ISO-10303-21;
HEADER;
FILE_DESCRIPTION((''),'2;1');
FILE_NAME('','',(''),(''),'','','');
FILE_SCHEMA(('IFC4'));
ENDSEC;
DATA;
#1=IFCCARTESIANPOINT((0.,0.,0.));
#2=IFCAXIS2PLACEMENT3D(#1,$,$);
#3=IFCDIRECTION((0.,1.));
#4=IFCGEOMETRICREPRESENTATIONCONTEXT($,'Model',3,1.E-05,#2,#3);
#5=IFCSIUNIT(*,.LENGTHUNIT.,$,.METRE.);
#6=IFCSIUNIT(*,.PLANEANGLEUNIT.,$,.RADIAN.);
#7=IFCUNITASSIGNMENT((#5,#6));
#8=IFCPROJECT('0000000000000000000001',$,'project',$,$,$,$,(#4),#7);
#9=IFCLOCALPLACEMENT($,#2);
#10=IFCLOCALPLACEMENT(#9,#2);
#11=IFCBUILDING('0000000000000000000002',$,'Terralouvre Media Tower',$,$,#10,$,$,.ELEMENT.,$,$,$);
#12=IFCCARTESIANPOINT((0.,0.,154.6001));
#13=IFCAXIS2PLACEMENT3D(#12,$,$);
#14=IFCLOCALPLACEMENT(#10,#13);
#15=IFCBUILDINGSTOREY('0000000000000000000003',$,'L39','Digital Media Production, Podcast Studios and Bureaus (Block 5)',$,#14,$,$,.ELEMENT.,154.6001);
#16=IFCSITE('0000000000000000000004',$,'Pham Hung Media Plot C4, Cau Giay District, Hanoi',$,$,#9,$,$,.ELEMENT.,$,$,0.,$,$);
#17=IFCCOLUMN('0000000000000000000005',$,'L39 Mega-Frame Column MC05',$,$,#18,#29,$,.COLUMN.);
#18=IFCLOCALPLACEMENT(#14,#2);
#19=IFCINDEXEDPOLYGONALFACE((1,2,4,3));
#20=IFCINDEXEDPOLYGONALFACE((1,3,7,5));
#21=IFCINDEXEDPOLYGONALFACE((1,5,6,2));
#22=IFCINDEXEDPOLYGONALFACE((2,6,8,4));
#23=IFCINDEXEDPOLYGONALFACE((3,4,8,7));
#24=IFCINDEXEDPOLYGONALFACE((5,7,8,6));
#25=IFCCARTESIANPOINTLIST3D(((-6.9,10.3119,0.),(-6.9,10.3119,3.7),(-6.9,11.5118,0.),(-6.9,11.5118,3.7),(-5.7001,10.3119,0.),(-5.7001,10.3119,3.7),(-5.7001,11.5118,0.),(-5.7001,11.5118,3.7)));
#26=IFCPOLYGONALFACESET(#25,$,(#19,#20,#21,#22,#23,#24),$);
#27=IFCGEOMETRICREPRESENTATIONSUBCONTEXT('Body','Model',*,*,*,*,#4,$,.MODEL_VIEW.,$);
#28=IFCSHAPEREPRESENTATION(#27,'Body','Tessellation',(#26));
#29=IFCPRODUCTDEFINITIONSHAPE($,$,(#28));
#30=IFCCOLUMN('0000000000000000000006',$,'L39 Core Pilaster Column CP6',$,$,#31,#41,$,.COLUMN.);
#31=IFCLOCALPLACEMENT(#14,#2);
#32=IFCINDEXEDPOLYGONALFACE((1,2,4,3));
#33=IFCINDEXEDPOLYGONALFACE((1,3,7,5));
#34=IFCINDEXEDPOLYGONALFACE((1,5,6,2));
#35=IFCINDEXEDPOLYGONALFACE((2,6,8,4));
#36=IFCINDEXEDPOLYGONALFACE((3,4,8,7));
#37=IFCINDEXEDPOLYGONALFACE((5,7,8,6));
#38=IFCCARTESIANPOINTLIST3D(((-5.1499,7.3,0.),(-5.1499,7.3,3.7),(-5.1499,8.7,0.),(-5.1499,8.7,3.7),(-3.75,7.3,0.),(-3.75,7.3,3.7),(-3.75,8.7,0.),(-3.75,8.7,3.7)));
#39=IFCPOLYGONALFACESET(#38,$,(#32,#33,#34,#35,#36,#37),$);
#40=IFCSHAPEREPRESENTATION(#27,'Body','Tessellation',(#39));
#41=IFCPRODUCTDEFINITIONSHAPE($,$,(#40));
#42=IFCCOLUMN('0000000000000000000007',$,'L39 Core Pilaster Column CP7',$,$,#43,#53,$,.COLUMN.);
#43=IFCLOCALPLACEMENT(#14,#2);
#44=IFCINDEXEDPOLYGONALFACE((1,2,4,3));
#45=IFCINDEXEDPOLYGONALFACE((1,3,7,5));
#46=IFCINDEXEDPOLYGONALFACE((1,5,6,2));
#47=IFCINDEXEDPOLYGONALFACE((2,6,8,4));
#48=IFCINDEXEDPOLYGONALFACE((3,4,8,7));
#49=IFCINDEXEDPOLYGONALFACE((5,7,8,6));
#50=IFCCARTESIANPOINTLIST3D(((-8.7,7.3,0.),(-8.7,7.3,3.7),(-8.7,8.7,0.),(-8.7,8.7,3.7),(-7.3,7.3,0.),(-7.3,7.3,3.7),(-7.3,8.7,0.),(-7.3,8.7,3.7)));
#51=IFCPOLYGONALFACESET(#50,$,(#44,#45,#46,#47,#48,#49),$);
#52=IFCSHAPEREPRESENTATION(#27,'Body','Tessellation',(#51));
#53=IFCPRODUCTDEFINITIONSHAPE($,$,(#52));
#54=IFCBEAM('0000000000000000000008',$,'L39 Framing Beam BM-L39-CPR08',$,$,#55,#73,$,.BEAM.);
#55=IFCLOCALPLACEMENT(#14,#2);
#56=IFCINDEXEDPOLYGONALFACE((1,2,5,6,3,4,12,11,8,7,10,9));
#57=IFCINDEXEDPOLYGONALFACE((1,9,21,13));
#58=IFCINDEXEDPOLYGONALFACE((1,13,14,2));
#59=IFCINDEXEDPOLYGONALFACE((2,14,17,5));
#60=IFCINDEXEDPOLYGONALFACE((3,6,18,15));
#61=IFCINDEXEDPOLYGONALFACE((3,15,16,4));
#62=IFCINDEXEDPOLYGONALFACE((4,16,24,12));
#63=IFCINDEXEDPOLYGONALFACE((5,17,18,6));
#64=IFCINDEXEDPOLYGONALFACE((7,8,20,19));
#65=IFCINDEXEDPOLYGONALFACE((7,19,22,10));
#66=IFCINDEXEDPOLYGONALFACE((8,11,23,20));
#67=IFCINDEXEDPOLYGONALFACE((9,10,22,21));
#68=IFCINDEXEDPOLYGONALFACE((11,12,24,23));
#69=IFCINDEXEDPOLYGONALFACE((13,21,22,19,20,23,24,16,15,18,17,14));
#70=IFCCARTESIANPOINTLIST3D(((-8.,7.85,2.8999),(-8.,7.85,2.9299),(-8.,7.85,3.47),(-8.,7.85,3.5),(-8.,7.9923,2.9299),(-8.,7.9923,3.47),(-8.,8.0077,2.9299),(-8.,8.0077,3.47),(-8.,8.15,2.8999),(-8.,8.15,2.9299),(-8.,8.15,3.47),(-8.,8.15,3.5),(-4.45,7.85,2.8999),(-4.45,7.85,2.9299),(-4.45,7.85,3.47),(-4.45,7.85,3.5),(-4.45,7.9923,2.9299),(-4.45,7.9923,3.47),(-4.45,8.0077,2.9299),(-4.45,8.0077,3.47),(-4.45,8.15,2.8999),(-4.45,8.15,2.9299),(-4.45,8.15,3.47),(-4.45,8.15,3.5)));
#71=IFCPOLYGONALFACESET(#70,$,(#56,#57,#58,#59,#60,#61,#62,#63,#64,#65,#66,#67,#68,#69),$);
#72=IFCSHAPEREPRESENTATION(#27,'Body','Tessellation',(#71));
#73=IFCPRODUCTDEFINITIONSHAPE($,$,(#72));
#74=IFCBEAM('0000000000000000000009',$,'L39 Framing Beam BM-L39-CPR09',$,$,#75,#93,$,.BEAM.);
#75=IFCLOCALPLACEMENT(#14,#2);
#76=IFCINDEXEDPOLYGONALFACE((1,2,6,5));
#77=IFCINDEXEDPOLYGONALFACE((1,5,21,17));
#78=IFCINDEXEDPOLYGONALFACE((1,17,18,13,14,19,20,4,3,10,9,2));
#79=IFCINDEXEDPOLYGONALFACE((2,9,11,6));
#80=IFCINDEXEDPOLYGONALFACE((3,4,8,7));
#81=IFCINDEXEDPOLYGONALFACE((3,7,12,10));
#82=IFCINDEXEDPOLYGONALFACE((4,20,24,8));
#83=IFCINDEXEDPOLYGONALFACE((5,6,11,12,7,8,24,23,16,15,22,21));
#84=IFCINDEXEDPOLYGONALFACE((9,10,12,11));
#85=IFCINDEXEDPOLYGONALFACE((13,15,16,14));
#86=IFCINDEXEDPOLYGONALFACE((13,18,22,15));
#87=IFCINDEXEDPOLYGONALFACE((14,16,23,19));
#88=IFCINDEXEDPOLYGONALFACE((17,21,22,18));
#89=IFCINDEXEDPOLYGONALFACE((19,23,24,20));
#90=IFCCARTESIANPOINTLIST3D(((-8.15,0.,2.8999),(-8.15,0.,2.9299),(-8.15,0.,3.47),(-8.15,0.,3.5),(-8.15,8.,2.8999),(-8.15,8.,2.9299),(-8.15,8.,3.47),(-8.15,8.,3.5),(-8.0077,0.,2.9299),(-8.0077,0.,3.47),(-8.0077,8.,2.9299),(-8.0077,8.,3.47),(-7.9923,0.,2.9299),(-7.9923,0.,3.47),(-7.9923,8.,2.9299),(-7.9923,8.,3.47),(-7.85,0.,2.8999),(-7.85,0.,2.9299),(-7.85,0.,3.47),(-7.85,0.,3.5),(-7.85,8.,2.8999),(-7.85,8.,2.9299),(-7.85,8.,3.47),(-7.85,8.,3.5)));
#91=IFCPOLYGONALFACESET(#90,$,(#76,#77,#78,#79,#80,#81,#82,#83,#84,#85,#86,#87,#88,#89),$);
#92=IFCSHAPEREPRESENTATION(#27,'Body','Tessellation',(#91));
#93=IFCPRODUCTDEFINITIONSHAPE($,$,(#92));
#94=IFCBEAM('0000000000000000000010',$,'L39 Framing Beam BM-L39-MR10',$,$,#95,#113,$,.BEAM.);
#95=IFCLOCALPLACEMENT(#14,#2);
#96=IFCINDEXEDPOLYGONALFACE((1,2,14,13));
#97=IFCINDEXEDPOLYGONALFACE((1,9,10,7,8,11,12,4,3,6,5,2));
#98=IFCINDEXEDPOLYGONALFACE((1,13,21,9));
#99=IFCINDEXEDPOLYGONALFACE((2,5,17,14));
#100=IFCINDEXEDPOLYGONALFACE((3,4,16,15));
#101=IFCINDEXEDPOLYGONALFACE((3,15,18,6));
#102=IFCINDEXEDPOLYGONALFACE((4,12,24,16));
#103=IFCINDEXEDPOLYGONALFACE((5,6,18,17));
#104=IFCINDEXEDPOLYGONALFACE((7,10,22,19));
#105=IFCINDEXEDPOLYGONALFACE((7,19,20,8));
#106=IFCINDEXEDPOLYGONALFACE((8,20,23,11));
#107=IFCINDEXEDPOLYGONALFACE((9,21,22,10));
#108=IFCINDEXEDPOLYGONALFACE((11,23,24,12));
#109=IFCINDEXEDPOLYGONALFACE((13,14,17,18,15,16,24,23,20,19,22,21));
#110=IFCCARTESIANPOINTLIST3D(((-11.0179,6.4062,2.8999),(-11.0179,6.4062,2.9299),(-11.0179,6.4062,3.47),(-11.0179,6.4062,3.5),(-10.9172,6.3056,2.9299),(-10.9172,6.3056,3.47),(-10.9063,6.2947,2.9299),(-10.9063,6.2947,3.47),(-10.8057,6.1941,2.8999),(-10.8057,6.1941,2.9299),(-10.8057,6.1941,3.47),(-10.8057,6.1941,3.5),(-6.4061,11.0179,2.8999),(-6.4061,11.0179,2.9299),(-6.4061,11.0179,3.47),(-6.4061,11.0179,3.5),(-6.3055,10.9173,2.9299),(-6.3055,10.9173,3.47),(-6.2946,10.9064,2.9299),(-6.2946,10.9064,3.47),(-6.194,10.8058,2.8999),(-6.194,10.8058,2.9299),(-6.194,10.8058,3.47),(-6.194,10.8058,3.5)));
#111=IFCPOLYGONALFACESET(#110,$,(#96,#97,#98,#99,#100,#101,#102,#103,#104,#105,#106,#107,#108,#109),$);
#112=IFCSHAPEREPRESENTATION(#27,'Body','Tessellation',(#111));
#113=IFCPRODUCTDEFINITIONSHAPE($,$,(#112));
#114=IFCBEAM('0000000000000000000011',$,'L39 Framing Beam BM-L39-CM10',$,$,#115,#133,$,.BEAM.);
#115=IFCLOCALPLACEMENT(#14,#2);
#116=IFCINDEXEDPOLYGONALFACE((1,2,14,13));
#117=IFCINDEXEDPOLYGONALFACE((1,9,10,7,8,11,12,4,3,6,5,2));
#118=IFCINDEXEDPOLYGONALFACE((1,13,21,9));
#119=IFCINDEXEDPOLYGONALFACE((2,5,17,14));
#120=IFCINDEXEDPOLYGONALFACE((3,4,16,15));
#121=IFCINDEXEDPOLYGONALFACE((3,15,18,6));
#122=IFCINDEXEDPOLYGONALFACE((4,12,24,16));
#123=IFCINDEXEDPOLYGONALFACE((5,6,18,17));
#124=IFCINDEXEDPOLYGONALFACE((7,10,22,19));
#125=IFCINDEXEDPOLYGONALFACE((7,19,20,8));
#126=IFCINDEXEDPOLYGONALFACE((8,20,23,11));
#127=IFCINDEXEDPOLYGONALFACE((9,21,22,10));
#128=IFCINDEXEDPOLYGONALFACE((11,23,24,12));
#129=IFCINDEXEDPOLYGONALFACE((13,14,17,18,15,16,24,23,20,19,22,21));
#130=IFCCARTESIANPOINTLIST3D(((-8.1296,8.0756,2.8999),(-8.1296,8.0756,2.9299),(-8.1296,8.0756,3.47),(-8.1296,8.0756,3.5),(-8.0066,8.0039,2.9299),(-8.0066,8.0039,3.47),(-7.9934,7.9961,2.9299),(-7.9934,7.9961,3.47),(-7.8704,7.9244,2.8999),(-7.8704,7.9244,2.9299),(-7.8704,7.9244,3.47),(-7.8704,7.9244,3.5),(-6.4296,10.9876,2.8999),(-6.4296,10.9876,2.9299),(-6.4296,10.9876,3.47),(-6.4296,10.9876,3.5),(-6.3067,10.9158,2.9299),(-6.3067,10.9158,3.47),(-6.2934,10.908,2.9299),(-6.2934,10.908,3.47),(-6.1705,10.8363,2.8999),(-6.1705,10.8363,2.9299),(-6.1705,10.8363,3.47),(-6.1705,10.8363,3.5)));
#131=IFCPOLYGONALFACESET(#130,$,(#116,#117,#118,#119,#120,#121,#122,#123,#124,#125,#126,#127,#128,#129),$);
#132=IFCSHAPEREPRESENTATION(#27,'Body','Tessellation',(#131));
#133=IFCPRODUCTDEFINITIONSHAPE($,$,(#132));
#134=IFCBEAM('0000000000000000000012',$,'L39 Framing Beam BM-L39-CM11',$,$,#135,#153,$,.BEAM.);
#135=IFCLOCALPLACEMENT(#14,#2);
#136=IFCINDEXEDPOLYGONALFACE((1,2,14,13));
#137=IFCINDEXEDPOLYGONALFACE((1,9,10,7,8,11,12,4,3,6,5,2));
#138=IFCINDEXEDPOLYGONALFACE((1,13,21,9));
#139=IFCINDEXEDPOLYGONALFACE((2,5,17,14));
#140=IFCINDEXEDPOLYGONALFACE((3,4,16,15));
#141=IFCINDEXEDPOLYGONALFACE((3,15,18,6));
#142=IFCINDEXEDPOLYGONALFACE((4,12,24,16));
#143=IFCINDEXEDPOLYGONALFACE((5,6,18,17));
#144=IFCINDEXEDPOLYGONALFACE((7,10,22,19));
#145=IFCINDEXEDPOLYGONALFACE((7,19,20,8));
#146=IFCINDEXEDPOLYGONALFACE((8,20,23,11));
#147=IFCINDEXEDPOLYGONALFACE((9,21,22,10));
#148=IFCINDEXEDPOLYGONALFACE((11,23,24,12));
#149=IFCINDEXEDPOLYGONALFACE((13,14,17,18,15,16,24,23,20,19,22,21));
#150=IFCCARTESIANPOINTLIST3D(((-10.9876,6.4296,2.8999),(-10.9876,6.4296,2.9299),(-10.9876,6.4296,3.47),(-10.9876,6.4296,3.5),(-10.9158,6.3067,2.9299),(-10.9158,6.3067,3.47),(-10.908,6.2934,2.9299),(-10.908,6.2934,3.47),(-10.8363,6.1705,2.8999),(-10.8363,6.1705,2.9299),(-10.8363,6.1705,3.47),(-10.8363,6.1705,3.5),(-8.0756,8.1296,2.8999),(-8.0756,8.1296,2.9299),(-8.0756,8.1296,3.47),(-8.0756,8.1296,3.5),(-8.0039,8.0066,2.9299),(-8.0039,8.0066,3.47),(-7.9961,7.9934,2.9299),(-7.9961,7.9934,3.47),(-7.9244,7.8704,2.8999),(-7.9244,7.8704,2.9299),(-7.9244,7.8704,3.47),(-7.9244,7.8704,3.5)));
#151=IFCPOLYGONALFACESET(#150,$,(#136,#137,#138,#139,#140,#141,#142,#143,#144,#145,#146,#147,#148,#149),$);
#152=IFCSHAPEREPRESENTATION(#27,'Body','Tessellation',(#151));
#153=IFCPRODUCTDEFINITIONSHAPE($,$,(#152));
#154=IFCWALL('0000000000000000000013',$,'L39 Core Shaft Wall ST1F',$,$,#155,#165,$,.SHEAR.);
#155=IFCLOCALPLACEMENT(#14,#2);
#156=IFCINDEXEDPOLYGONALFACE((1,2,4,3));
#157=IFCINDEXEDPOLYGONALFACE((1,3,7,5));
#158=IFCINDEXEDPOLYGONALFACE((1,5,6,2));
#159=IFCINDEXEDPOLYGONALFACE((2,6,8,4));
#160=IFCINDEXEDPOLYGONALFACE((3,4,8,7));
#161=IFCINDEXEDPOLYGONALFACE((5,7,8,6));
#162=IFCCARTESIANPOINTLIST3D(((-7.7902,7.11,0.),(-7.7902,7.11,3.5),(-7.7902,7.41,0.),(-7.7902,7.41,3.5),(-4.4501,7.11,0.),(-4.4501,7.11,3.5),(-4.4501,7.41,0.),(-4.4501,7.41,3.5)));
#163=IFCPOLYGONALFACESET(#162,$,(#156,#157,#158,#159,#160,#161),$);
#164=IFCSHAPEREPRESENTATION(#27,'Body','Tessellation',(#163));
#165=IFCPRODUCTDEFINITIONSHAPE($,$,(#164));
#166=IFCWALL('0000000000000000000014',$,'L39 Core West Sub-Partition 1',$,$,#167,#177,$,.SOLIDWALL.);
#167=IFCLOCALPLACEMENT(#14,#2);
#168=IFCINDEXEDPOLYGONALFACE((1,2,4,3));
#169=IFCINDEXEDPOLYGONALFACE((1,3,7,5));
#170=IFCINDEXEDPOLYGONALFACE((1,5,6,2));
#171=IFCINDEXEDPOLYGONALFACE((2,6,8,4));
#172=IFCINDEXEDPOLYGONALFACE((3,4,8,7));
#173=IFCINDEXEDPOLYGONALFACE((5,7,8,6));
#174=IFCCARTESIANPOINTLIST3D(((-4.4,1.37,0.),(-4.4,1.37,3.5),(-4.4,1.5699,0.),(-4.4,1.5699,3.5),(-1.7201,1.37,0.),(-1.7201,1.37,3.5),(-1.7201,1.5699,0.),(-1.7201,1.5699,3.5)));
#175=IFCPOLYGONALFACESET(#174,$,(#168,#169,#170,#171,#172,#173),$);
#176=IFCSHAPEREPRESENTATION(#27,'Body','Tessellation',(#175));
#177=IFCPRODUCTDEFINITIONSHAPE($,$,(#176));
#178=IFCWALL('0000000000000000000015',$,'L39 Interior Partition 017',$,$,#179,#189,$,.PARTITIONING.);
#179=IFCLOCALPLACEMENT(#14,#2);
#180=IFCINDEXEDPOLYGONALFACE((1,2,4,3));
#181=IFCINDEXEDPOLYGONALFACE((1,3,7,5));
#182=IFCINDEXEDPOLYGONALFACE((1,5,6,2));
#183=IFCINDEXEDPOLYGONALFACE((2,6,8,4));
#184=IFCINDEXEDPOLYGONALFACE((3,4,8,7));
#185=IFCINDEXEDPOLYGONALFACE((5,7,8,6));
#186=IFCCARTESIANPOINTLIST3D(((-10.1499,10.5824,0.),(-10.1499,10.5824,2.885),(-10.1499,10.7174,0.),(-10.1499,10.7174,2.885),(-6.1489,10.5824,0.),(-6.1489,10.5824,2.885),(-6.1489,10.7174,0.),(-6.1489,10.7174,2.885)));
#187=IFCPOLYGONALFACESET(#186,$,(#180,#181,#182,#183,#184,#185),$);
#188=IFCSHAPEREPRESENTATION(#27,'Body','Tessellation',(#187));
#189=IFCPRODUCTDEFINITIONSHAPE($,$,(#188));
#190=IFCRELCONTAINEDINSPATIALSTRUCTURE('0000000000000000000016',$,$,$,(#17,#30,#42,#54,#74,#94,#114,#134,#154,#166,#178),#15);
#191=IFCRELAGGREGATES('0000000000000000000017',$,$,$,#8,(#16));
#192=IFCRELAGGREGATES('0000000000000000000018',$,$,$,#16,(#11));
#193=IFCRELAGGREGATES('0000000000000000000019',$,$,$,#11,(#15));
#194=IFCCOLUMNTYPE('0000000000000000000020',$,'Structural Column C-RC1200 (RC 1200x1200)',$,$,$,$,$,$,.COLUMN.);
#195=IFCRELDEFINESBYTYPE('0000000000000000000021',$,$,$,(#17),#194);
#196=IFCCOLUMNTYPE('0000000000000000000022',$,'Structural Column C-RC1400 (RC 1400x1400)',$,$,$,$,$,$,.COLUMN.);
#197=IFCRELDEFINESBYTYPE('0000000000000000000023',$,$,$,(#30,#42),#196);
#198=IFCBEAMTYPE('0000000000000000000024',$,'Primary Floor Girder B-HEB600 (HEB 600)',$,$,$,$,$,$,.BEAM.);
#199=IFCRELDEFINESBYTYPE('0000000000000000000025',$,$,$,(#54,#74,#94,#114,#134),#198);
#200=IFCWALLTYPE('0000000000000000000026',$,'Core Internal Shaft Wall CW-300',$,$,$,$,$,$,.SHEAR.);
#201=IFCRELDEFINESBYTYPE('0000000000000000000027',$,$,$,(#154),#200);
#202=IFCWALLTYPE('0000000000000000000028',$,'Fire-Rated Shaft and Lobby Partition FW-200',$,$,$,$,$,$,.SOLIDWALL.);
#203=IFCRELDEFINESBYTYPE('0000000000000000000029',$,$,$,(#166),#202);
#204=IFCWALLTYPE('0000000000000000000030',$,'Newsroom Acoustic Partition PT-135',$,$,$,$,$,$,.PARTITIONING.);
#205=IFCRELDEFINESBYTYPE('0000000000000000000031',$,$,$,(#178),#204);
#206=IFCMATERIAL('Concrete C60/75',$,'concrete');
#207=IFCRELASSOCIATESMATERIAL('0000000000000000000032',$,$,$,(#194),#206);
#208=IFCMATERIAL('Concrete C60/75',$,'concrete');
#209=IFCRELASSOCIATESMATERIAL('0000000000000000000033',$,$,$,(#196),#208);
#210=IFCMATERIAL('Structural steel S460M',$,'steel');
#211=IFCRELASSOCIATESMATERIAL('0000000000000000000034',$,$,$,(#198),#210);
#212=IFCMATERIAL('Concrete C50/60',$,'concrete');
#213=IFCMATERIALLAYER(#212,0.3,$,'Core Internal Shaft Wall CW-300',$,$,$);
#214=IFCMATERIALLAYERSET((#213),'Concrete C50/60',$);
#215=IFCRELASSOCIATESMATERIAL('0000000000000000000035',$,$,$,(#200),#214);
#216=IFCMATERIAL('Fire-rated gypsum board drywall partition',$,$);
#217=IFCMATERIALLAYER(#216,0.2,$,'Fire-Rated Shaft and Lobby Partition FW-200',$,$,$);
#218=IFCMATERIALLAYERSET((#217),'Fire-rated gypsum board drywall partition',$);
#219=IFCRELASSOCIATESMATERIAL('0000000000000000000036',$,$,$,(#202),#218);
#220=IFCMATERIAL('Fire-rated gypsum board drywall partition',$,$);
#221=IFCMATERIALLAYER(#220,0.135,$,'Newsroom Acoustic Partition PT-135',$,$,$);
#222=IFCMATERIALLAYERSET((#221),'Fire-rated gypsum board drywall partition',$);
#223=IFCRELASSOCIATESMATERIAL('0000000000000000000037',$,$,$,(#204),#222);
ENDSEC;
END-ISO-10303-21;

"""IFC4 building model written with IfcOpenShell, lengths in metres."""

from ifc_helpers import new_model, si_unit, direction, frame, frame_2d, origin, origin_2d, place, context, subcontext, project, spatial, rectangle, i_section, extrude, material, layer, layer_set, material_profile, profile_set, type_object, element, save


model = new_model("IFC4")

# Units and contexts
model_context = context("Model", 3, precision=1e-05, world=origin(), true_north=direction((0.0, 1.0)))
body_context = subcontext(model_context, "Body", "Model", "MODEL_VIEW")
ifc_project = project(units=[si_unit("LENGTHUNIT", "METRE"), si_unit("PLANEANGLEUNIT", "RADIAN")], contexts=[model_context])

# Site, building, storey
site_placement = place(None, origin())
site = spatial("IfcSite", under=ifc_project, at=site_placement, Name="Pham Hung Media Plot C4, Cau Giay District, Hanoi", CompositionType="ELEMENT", RefElevation=0.0)
building_placement = place(site_placement, origin())
building = spatial("IfcBuilding", under=site, at=building_placement, Name="Terralouvre Media Tower", CompositionType="ELEMENT")
storey_placement = place(building_placement, frame((0.0, 0.0, 154.6001)))
storey = spatial("IfcBuildingStorey", under=building, at=storey_placement, Name="L39", Description="Digital Media Production, Podcast Studios and Bureaus (Block 5)", CompositionType="ELEMENT", Elevation=154.6001)

# Columns
ifc_material_1 = material(Name="Concrete C60/75", Category="concrete")
ifc_material_profile_1 = material_profile(ifc_material_1, rectangle(XDim=1.2, YDim=1.2, at=origin_2d()), Name="RC 1200x1200")
ifc_profile_set_1 = profile_set([ifc_material_profile_1], Name="Concrete C60/75")
column_type_1 = type_object("IfcColumnType", Name="Structural Column C-RC1200 (RC 1200x1200)", PredefinedType="COLUMN", material=ifc_profile_set_1)
column_placement = place(storey_placement, frame((-6.3, 10.9119, 0.0), z_axis=(0.0, 0.0, 1.0), x_axis=(1.0, 0.0, 0.0)))
element("IfcColumn", 1, at=column_placement, inside=storey, type_object=column_type_1, Name="L39 Mega-Frame Column MC05", PredefinedType="COLUMN", context=body_context, shape_type="SweptSolid", body=[
    extrude(rectangle(XDim=1.2, YDim=1.2, at=origin_2d()), origin(), (0.0, 0.0, 1.0), 3.7),
])
ifc_material_2 = material(Name="Concrete C60/75", Category="concrete")
ifc_material_profile_2 = material_profile(ifc_material_2, rectangle(XDim=1.3999, YDim=1.3999, at=origin_2d()), Name="RC 1400x1400")
ifc_profile_set_2 = profile_set([ifc_material_profile_2], Name="Concrete C60/75")
column_type_2 = type_object("IfcColumnType", Name="Structural Column C-RC1400 (RC 1400x1400)", PredefinedType="COLUMN", material=ifc_profile_set_2)
for number, where, z_axis, x_axis, name in (
    (2, (-4.45, 8.0, 0.0), (0.0, 0.0, 1.0), (1.0, 0.0, 0.0), "L39 Core Pilaster Column CP6"),
    (3, (-8.0, 8.0, 0.0), (0.0, 0.0, 1.0), (1.0, 0.0, 0.0), "L39 Core Pilaster Column CP7"),
):
    element("IfcColumn", number, at=place(storey_placement, frame(where, z_axis=z_axis, x_axis=x_axis)), inside=storey, type_object=column_type_2, Name=name, PredefinedType="COLUMN", context=body_context, shape_type="SweptSolid", body=[
        extrude(rectangle(XDim=1.3999, YDim=1.3999, at=origin_2d()), origin(), (0.0, 0.0, 1.0), 3.7),
    ])

# Beams
ifc_material_3 = material(Name="Structural steel S460M", Category="steel")
ifc_material_profile_3 = material_profile(ifc_material_3, i_section(OverallWidth=0.3, OverallDepth=0.6001, WebThickness=0.0154, FlangeThickness=0.03, at=origin_2d()), Name="HEB 600")
ifc_profile_set_3 = profile_set([ifc_material_profile_3], Name="Structural steel S460M")
beam_type = type_object("IfcBeamType", Name="Primary Floor Girder B-HEB600 (HEB 600)", PredefinedType="BEAM", material=ifc_profile_set_3)
beam_1_placement = place(storey_placement, frame((-4.45, 8.0, 3.2), z_axis=(-1.0, 0.0, 0.0), x_axis=(0.0, -1.0, 0.0)))
element("IfcBeam", 4, at=beam_1_placement, inside=storey, type_object=beam_type, Name="L39 Framing Beam BM-L39-CPR08", PredefinedType="BEAM", context=body_context, shape_type="SweptSolid", body=[
    extrude(i_section(OverallWidth=0.3, OverallDepth=0.6001, WebThickness=0.0154, FlangeThickness=0.03, at=origin_2d()), origin(), (0.0, 0.0, 1.0), 3.55),
])
beam_2_placement = place(storey_placement, frame((-8.0, 8.0, 3.2), z_axis=(0.0, -1.0, 0.0), x_axis=(1.0, 0.0, 0.0)))
element("IfcBeam", 5, at=beam_2_placement, inside=storey, type_object=beam_type, Name="L39 Framing Beam BM-L39-CPR09", PredefinedType="BEAM", context=body_context, shape_type="SweptSolid", body=[
    extrude(i_section(OverallWidth=0.3, OverallDepth=0.6001, WebThickness=0.0154, FlangeThickness=0.03, at=origin_2d()), origin(), (0.0, 0.0, 1.0), 8.0),
])
beam_3_placement = place(storey_placement, frame((-6.3, 10.9119, 3.2), z_axis=(-0.707107, -0.707107, 0.0), x_axis=(0.707107, -0.707107, 0.0)))
element("IfcBeam", 6, at=beam_3_placement, inside=storey, type_object=beam_type, Name="L39 Framing Beam BM-L39-MR10", PredefinedType="BEAM", context=body_context, shape_type="SweptSolid", body=[
    extrude(i_section(OverallWidth=0.3, OverallDepth=0.6001, WebThickness=0.0154, FlangeThickness=0.03, at=origin_2d()), origin(), (0.0, 0.0, 1.0), 6.522),
])
for number, where, z_axis, x_axis, name in (
    (7, (-8.0, 8.0, 3.2), (0.504173, 0.863603, 0.0), (-0.863603, 0.504173, 0.0), "L39 Framing Beam BM-L39-CM10"),
    (8, (-8.0, 8.0, 3.2), (-0.863603, -0.504173, 0.0), (0.504173, -0.863603, 0.0), "L39 Framing Beam BM-L39-CM11"),
):
    element("IfcBeam", number, at=place(storey_placement, frame(where, z_axis=z_axis, x_axis=x_axis)), inside=storey, type_object=beam_type, Name=name, PredefinedType="BEAM", context=body_context, shape_type="SweptSolid", body=[
        extrude(i_section(OverallWidth=0.3, OverallDepth=0.6001, WebThickness=0.0154, FlangeThickness=0.03, at=origin_2d()), origin(), (0.0, 0.0, 1.0), 3.3718),
    ])

# Shared definitions
ifc_material_4 = material(Name="Concrete C50/60", Category="concrete")
ifc_layer_1 = layer(ifc_material_4, 0.3, Name="Core Internal Shaft Wall CW-300")
ifc_layer_set_1 = layer_set([ifc_layer_1], Name="Concrete C50/60")
wall_type_1 = type_object("IfcWallType", Name="Core Internal Shaft Wall CW-300", PredefinedType="SHEAR", material=ifc_layer_set_1)

# Wall
wall_1_placement = place(storey_placement, frame((-7.79, 7.26, 0.0), z_axis=(0.0, 0.0, 1.0), x_axis=(1.0, 0.0, 0.0)))
element("IfcWall", 9, at=wall_1_placement, inside=storey, type_object=wall_type_1, Name="L39 Core Shaft Wall ST1F", PredefinedType="SHEAR", context=body_context, shape_type="SweptSolid", body=[
    extrude(rectangle(XDim=3.3401, YDim=0.3, at=frame_2d((1.6699, 0.0))), origin(), (0.0, 0.0, 1.0), 3.5),
])

# Walls
ifc_material_5 = material(Name="Fire-rated gypsum board drywall partition")
ifc_layer_2 = layer(ifc_material_5, 0.2, Name="Fire-Rated Shaft and Lobby Partition FW-200")
ifc_layer_set_2 = layer_set([ifc_layer_2], Name="Fire-rated gypsum board drywall partition")
wall_type_2 = type_object("IfcWallType", Name="Fire-Rated Shaft and Lobby Partition FW-200", PredefinedType="SOLIDWALL", material=ifc_layer_set_2)
wall_2_placement = place(storey_placement, frame((-4.3999, 1.47, 0.0), z_axis=(0.0, 0.0, 1.0), x_axis=(1.0, 0.0, 0.0)))
element("IfcWall", 10, at=wall_2_placement, inside=storey, type_object=wall_type_2, Name="L39 Core West Sub-Partition 1", PredefinedType="SOLIDWALL", context=body_context, shape_type="SweptSolid", body=[
    extrude(rectangle(XDim=2.6799, YDim=0.2, at=frame_2d((1.3398, 0.0))), origin(), (0.0, 0.0, 1.0), 3.5),
])
ifc_material_6 = material(Name="Fire-rated gypsum board drywall partition")
ifc_layer_3 = layer(ifc_material_6, 0.135, Name="Newsroom Acoustic Partition PT-135")
ifc_layer_set_3 = layer_set([ifc_layer_3], Name="Fire-rated gypsum board drywall partition")
wall_type_3 = type_object("IfcWallType", Name="Newsroom Acoustic Partition PT-135", PredefinedType="PARTITIONING", material=ifc_layer_set_3)
wall_3_placement = place(storey_placement, frame((-6.1489, 10.6499, 0.0), z_axis=(0.0, 0.0, 1.0), x_axis=(-1.0, 0.0, 0.0)))
element("IfcWall", 11, at=wall_3_placement, inside=storey, type_object=wall_type_3, Name="L39 Interior Partition 017", PredefinedType="PARTITIONING", context=body_context, shape_type="SweptSolid", body=[
    extrude(rectangle(XDim=4.001, YDim=0.135, at=frame_2d((2.0005, 0.0))), origin(), (0.0, 0.0, 1.0), 2.885),
])

save(model, "model.ifc")
